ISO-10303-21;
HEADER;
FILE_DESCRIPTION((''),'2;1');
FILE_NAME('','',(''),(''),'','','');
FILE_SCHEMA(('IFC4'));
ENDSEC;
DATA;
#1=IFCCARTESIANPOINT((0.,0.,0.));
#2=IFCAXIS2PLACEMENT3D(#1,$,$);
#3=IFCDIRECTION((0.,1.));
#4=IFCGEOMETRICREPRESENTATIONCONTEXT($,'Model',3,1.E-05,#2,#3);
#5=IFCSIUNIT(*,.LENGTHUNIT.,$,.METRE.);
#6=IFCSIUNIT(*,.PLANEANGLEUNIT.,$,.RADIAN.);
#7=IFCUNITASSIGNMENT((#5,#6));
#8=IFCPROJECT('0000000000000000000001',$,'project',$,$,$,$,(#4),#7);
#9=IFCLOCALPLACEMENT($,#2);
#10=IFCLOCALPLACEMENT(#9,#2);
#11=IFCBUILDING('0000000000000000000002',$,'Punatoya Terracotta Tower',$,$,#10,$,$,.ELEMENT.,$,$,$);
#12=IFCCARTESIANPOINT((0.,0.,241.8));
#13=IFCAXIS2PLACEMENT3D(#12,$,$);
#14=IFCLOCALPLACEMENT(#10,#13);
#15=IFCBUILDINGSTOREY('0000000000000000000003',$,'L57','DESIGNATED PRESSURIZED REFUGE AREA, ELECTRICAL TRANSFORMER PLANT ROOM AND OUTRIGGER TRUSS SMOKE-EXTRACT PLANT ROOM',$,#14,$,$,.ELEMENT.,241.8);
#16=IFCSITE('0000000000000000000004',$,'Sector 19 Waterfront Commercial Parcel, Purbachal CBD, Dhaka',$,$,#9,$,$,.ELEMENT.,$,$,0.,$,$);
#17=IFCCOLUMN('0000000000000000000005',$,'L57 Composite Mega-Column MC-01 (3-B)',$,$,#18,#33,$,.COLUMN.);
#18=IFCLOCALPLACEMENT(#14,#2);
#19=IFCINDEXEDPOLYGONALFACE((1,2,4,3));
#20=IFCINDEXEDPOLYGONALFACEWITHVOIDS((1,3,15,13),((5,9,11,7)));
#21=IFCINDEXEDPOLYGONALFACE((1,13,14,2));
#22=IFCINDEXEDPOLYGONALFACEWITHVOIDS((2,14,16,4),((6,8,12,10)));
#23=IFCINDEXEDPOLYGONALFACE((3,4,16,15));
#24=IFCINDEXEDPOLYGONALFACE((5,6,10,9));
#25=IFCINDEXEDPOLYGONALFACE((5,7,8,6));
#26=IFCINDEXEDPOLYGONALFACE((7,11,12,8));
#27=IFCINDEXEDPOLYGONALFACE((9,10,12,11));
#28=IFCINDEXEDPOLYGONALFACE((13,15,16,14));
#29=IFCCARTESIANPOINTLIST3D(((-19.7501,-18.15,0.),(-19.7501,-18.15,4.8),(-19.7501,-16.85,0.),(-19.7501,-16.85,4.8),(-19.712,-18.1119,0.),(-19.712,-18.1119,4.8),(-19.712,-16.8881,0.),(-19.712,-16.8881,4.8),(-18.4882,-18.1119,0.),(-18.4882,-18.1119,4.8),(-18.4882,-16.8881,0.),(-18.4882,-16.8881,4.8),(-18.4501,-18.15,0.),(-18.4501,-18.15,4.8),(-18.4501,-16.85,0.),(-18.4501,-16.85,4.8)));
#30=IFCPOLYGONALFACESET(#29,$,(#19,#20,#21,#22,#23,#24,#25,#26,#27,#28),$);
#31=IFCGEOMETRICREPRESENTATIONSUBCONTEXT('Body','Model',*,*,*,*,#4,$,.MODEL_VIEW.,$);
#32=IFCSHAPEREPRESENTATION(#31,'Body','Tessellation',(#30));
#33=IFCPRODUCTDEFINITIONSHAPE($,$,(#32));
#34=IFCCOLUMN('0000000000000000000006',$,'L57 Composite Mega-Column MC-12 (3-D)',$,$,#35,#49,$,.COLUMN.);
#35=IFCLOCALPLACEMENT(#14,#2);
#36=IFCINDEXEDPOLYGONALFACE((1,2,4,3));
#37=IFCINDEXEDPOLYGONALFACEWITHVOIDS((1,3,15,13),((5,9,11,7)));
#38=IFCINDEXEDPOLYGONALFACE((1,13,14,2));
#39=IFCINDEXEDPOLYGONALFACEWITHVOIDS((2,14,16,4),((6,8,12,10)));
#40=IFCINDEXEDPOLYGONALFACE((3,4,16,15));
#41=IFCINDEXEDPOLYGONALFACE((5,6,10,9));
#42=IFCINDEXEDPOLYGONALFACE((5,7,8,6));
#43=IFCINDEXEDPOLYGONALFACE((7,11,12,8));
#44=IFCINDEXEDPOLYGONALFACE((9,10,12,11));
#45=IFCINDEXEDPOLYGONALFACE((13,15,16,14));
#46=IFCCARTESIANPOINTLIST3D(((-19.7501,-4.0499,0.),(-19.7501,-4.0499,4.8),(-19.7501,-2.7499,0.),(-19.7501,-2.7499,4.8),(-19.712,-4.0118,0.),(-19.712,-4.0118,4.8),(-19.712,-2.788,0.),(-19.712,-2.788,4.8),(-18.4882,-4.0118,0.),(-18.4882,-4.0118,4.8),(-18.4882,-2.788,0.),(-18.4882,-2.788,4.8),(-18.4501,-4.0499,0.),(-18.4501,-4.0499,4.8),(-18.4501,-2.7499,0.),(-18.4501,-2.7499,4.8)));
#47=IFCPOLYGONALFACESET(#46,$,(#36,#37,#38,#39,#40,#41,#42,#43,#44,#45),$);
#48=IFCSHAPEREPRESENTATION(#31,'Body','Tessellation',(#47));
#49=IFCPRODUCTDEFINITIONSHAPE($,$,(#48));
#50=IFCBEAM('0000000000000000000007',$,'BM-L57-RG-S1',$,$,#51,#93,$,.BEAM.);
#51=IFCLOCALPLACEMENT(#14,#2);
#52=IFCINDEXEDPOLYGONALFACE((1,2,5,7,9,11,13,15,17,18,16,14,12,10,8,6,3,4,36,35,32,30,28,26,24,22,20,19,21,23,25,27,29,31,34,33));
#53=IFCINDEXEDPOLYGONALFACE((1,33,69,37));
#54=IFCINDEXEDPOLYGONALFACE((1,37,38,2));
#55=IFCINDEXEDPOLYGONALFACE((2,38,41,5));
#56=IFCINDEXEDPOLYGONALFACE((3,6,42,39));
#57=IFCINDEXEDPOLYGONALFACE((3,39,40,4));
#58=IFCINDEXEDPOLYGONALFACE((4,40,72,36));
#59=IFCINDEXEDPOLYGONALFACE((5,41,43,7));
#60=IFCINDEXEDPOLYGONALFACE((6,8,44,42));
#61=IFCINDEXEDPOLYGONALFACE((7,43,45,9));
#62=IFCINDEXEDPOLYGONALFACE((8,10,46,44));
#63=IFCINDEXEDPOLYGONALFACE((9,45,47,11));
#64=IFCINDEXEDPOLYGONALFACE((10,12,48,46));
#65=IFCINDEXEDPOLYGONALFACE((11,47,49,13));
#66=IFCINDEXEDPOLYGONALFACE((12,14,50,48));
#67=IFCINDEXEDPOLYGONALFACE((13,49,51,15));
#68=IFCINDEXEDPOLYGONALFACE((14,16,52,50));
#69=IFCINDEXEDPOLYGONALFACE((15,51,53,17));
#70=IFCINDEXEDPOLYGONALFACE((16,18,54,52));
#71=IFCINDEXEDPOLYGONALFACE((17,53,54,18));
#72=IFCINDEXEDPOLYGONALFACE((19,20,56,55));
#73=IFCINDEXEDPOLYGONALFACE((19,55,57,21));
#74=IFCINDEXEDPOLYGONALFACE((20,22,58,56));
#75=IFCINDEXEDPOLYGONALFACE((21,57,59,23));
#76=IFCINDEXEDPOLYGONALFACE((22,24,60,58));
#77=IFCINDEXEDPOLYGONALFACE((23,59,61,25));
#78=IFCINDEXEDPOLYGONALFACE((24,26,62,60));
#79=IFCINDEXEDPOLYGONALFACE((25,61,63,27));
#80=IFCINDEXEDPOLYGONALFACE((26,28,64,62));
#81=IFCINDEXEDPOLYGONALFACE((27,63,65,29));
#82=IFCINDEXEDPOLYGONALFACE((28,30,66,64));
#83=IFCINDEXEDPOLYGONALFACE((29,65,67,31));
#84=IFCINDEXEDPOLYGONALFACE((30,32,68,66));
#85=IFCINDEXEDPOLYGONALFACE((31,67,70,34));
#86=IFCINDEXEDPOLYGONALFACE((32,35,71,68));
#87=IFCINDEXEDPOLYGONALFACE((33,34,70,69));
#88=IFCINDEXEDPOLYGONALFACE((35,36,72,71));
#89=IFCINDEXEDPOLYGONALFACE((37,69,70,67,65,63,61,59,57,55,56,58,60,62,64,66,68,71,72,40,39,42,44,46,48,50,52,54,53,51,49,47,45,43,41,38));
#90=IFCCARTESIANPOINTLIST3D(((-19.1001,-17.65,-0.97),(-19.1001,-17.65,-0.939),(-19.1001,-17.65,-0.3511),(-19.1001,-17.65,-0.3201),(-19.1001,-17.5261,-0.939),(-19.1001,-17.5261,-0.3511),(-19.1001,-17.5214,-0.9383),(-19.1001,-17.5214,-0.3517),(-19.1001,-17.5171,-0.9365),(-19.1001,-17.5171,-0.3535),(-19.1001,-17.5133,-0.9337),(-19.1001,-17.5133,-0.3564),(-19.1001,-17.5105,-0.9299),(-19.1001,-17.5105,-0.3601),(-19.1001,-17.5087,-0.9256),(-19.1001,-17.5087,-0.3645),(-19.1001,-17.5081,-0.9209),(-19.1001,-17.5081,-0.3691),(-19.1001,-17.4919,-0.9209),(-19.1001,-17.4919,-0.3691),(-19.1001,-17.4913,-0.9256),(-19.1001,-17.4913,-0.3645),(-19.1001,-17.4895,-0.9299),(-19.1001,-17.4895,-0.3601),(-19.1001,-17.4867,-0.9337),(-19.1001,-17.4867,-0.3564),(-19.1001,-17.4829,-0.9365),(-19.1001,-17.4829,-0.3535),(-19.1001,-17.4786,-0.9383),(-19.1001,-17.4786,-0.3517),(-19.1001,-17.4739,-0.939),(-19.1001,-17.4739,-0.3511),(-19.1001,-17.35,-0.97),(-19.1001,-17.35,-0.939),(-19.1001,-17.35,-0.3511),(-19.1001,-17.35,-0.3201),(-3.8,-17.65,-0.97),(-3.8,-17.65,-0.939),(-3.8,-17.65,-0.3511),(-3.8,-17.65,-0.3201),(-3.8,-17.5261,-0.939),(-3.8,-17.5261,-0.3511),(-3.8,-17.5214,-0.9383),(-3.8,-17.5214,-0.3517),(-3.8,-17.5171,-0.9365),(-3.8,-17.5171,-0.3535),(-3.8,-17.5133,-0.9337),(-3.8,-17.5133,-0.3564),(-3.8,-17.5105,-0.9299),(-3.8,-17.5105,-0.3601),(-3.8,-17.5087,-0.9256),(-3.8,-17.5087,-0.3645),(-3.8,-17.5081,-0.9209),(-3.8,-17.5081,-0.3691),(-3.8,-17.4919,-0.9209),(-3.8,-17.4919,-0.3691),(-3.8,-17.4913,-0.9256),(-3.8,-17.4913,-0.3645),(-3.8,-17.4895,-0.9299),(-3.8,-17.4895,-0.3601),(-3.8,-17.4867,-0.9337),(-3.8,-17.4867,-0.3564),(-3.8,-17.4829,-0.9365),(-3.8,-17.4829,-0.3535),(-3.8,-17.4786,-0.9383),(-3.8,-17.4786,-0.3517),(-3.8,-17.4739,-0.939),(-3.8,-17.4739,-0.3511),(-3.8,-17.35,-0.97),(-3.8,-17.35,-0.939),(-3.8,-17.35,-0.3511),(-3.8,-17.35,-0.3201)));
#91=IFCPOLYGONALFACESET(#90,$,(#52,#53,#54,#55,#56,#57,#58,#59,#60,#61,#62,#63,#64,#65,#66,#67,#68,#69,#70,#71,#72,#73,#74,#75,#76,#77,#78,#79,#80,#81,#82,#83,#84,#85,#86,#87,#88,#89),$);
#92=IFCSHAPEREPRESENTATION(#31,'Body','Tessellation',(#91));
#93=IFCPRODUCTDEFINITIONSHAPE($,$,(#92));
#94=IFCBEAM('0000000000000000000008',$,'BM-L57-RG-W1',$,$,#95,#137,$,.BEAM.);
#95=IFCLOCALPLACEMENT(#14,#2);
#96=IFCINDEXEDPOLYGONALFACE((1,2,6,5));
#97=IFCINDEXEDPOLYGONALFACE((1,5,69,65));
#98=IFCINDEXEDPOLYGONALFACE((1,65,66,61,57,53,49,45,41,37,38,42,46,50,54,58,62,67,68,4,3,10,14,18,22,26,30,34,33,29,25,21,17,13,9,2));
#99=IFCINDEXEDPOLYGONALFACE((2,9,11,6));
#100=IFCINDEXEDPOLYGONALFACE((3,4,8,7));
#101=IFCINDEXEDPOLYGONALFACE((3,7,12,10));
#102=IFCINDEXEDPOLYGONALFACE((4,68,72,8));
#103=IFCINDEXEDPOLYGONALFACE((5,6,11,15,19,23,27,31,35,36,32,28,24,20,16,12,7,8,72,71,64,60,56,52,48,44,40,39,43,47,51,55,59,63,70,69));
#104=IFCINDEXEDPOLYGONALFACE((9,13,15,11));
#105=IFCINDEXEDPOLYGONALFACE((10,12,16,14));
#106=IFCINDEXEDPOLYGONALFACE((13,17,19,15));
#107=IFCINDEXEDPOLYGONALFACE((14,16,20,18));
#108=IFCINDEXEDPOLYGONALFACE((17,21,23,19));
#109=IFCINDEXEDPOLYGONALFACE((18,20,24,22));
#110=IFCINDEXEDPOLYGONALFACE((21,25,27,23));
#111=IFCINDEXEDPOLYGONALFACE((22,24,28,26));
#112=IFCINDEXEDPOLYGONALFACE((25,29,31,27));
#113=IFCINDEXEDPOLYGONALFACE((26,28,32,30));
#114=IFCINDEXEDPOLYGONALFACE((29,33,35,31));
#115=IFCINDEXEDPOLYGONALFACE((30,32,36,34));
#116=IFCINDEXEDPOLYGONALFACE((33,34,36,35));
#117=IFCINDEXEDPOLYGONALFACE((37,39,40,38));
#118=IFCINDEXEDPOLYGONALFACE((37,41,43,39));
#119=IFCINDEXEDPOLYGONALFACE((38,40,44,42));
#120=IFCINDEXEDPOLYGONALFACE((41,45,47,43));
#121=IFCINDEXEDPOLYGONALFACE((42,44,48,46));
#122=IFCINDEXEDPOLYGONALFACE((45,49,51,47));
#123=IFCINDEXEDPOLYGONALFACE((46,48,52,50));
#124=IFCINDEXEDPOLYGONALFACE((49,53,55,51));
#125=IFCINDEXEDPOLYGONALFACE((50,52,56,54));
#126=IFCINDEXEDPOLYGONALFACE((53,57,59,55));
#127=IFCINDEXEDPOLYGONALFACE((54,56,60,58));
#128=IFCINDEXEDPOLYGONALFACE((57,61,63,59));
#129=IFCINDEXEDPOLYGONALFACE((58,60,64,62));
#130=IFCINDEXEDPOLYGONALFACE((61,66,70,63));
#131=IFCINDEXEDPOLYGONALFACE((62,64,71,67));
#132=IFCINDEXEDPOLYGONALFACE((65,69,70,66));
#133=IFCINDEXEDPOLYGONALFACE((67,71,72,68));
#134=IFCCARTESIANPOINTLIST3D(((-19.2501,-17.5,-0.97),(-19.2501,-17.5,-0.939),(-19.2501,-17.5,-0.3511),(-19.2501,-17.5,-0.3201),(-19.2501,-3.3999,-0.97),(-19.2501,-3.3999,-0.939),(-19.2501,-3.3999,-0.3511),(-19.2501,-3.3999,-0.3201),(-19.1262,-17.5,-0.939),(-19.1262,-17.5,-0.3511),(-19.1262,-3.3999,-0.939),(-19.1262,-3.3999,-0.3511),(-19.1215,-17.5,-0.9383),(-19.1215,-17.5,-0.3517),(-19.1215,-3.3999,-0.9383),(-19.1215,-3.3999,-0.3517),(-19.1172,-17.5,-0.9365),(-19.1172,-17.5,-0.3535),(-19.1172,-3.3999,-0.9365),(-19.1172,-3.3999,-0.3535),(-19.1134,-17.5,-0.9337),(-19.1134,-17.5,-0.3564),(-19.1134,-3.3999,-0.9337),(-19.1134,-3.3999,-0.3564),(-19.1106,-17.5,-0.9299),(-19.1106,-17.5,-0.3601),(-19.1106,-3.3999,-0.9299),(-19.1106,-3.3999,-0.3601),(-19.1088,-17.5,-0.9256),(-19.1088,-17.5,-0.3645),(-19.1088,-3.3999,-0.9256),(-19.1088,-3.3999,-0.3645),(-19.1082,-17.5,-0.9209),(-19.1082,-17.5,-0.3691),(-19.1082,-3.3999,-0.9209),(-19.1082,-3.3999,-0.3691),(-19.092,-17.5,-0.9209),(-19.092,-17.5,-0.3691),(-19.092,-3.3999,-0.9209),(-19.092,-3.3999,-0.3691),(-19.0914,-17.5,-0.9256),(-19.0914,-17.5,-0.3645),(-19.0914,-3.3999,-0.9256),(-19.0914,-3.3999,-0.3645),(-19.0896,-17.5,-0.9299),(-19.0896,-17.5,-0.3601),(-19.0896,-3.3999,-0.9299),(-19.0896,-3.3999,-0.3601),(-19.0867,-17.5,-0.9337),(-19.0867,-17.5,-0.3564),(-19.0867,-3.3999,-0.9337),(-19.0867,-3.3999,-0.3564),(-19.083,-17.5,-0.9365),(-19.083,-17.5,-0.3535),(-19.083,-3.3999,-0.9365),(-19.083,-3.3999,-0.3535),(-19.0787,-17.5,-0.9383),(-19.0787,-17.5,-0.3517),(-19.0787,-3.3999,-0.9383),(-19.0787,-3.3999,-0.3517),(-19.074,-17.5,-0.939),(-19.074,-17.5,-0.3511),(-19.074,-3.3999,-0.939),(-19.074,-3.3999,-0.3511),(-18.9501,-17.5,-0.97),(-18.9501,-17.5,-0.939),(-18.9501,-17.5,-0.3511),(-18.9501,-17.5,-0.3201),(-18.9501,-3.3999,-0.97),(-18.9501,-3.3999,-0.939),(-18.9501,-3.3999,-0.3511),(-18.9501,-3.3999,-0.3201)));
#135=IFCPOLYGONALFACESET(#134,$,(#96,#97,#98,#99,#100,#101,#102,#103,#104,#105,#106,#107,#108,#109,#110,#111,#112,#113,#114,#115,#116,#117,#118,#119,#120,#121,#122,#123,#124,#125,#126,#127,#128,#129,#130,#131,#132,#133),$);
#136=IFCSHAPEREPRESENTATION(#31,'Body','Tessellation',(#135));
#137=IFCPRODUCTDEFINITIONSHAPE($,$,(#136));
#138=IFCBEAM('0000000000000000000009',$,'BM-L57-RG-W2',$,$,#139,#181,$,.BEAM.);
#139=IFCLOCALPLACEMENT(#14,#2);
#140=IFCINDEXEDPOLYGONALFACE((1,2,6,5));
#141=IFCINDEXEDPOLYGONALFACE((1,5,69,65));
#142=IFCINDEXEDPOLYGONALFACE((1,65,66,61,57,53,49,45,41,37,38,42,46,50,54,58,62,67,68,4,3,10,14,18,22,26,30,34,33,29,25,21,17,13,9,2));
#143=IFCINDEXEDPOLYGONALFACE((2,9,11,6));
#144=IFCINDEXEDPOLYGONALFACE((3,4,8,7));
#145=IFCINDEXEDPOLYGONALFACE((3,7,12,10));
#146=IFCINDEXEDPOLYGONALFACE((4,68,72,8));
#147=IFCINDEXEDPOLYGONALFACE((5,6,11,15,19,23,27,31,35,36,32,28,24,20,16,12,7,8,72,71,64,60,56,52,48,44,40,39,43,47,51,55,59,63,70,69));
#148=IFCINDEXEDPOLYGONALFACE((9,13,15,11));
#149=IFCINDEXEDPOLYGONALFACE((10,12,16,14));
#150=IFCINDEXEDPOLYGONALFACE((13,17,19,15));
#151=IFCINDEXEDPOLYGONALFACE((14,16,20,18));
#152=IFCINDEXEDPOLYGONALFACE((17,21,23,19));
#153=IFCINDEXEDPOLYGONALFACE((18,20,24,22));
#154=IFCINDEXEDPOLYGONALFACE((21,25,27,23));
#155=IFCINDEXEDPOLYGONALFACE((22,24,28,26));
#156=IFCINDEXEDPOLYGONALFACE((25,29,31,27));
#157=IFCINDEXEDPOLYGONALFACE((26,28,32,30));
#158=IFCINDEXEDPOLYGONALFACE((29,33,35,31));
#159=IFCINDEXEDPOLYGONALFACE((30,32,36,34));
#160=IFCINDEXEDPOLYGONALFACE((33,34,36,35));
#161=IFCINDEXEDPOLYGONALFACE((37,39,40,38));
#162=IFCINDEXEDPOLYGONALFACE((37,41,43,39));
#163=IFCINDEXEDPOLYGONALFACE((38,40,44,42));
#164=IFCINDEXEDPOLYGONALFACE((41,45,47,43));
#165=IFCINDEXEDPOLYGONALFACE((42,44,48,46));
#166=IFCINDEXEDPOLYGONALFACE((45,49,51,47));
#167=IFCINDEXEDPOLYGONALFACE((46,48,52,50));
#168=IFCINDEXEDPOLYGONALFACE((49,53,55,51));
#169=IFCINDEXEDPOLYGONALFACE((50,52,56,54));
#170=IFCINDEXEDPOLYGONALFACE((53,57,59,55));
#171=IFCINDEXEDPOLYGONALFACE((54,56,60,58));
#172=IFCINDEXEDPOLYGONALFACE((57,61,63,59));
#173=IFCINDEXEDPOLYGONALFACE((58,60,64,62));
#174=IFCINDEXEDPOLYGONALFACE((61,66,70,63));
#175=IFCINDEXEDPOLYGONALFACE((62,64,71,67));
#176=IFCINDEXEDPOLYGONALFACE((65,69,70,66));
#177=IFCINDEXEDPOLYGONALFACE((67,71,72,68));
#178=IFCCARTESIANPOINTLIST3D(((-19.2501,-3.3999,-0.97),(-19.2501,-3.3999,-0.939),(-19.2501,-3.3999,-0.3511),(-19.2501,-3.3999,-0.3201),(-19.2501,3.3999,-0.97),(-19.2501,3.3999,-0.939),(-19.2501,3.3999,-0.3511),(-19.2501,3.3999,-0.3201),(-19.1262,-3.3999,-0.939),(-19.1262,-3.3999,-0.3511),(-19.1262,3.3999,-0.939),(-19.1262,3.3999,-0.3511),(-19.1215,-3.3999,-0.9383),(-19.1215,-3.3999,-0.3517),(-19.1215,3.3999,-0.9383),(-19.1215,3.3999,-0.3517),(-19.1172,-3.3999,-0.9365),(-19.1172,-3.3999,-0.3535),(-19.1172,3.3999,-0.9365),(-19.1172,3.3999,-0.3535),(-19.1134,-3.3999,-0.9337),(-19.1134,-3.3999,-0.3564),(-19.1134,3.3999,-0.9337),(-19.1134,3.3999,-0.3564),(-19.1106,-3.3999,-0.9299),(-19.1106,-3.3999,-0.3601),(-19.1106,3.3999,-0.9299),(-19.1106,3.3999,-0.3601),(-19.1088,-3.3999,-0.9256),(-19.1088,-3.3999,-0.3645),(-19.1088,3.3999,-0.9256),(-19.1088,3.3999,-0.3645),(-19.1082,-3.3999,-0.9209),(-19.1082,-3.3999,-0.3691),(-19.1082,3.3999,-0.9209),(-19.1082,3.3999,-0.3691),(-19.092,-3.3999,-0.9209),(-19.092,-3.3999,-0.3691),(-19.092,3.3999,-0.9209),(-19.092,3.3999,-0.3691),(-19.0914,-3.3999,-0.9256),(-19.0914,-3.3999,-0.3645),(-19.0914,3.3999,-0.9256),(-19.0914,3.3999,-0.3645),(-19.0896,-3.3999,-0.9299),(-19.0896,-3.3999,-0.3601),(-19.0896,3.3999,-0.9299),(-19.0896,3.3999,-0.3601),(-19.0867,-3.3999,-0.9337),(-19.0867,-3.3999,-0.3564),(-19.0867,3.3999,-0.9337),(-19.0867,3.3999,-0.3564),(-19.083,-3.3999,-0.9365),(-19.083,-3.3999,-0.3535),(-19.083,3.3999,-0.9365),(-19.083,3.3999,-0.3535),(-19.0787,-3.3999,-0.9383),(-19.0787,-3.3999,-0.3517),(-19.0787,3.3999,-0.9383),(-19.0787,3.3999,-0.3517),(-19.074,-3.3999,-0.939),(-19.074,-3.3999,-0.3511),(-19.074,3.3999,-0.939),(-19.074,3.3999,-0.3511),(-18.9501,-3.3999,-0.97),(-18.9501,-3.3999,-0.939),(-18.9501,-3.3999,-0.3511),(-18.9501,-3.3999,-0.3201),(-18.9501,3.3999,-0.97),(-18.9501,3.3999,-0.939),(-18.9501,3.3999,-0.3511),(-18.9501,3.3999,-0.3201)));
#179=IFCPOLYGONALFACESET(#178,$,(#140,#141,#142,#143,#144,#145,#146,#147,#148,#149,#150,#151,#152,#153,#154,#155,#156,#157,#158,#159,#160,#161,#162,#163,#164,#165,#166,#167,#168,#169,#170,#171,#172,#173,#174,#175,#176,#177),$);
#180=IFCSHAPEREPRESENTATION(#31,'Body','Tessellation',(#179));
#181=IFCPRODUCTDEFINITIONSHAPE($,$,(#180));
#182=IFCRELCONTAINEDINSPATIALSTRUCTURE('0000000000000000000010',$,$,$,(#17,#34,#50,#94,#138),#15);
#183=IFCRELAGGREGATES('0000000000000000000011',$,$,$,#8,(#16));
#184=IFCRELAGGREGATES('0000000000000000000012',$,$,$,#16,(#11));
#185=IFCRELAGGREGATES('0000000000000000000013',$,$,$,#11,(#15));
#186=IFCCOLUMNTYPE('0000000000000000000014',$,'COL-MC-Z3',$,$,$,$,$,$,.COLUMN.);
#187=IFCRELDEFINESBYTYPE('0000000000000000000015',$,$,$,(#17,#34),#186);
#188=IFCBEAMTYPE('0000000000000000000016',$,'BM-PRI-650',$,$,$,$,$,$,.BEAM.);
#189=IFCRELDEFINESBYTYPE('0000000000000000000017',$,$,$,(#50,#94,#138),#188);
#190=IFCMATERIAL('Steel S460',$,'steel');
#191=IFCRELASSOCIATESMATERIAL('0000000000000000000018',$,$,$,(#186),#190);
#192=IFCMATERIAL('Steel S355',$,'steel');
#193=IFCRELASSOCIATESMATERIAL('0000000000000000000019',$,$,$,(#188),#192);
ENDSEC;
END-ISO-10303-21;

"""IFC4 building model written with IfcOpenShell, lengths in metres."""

from ifc_helpers import new_model, si_unit, direction, frame, origin, origin_2d, place, context, subcontext, project, spatial, hollow_rectangle, i_section, extrude, material, material_profile, profile_set, type_object, element, save


model = new_model("IFC4")

# Units and contexts
model_context = context("Model", 3, precision=1e-05, world=origin(), true_north=direction((0.0, 1.0)))
body_context = subcontext(model_context, "Body", "Model", "MODEL_VIEW")
ifc_project = project(units=[si_unit("LENGTHUNIT", "METRE"), si_unit("PLANEANGLEUNIT", "RADIAN")], contexts=[model_context])

# Site, building, storey
site_placement = place(None, origin())
site = spatial("IfcSite", under=ifc_project, at=site_placement, Name="Sector 19 Waterfront Commercial Parcel, Purbachal CBD, Dhaka", CompositionType="ELEMENT", RefElevation=0.0)
building_placement = place(site_placement, origin())
building = spatial("IfcBuilding", under=site, at=building_placement, Name="Punatoya Terracotta Tower", CompositionType="ELEMENT")
storey_placement = place(building_placement, frame((0.0, 0.0, 241.8)))
storey = spatial("IfcBuildingStorey", under=building, at=storey_placement, Name="L57", Description="DESIGNATED PRESSURIZED REFUGE AREA, ELECTRICAL TRANSFORMER PLANT ROOM AND OUTRIGGER TRUSS SMOKE-EXTRACT PLANT ROOM", CompositionType="ELEMENT", Elevation=241.8)

# Columns
ifc_material_1 = material(Name="Steel S460", Category="steel")
ifc_material_profile_1 = material_profile(ifc_material_1, hollow_rectangle(XDim=1.3, YDim=1.3, WallThickness=0.0381, at=origin_2d()))
ifc_profile_set_1 = profile_set([ifc_material_profile_1], Name="Steel S460")
column_type = type_object("IfcColumnType", Name="COL-MC-Z3", PredefinedType="COLUMN", material=ifc_profile_set_1)
for number, where, z_axis, x_axis, name in (
    (1, (-19.1001, -17.5, 0.0), (0.0, 0.0, 1.0), (1.0, 0.0, 0.0), "L57 Composite Mega-Column MC-01 (3-B)"),
    (2, (-19.1001, -3.3999, 0.0), (0.0, 0.0, 1.0), (1.0, 0.0, 0.0), "L57 Composite Mega-Column MC-12 (3-D)"),
):
    element("IfcColumn", number, at=place(storey_placement, frame(where, z_axis=z_axis, x_axis=x_axis)), inside=storey, type_object=column_type, Name=name, PredefinedType="COLUMN", context=body_context, shape_type="SweptSolid", body=[
        extrude(hollow_rectangle(XDim=1.3, YDim=1.3, WallThickness=0.0381, at=origin_2d()), origin(), (0.0, 0.0, 1.0), 4.8),
    ])

# Beams
ifc_material_2 = material(Name="Steel S355", Category="steel")
ifc_material_profile_2 = material_profile(ifc_material_2, i_section(OverallWidth=0.3, OverallDepth=0.6499, WebThickness=0.0161, FlangeThickness=0.031, FilletRadius=0.0181, at=origin_2d()))
ifc_profile_set_2 = profile_set([ifc_material_profile_2], Name="Steel S355")
beam_type_1 = type_object("IfcBeamType", Name="BM-PRI-650", PredefinedType="BEAM", material=ifc_profile_set_2)
beam_1_placement = place(storey_placement, frame((-19.1001, -17.5, -0.645), z_axis=(1.0, 0.0, 0.0), x_axis=(0.0, 1.0, 0.0)))
element("IfcBeam", 3, at=beam_1_placement, inside=storey, type_object=beam_type_1, Name="BM-L57-RG-S1", PredefinedType="BEAM", context=body_context, shape_type="SweptSolid", body=[
    extrude(i_section(OverallWidth=0.3, OverallDepth=0.6499, WebThickness=0.0161, FlangeThickness=0.031, FilletRadius=0.0181, at=origin_2d()), origin(), (0.0, 0.0, 1.0), 15.3),
])
beam_2_placement = place(storey_placement, frame((-19.1001, -17.5, -0.645), z_axis=(0.0, 1.0, 0.0), x_axis=(-1.0, 0.0, 0.0)))
element("IfcBeam", 4, at=beam_2_placement, inside=storey, type_object=beam_type_1, Name="BM-L57-RG-W1", PredefinedType="BEAM", context=body_context, shape_type="SweptSolid", body=[
    extrude(i_section(OverallWidth=0.3, OverallDepth=0.6499, WebThickness=0.0161, FlangeThickness=0.031, FilletRadius=0.0181, at=origin_2d()), origin(), (0.0, 0.0, 1.0), 14.1001),
])
beam_3_placement = place(storey_placement, frame((-19.1001, -3.3999, -0.645), z_axis=(0.0, 1.0, 0.0), x_axis=(-1.0, 0.0, 0.0)))
element("IfcBeam", 5, at=beam_3_placement, inside=storey, type_object=beam_type_1, Name="BM-L57-RG-W2", PredefinedType="BEAM", context=body_context, shape_type="SweptSolid", body=[
    extrude(i_section(OverallWidth=0.3, OverallDepth=0.6499, WebThickness=0.0161, FlangeThickness=0.031, FilletRadius=0.0181, at=origin_2d()), origin(), (0.0, 0.0, 1.0), 6.7998),
])

save(model, "model.ifc")
